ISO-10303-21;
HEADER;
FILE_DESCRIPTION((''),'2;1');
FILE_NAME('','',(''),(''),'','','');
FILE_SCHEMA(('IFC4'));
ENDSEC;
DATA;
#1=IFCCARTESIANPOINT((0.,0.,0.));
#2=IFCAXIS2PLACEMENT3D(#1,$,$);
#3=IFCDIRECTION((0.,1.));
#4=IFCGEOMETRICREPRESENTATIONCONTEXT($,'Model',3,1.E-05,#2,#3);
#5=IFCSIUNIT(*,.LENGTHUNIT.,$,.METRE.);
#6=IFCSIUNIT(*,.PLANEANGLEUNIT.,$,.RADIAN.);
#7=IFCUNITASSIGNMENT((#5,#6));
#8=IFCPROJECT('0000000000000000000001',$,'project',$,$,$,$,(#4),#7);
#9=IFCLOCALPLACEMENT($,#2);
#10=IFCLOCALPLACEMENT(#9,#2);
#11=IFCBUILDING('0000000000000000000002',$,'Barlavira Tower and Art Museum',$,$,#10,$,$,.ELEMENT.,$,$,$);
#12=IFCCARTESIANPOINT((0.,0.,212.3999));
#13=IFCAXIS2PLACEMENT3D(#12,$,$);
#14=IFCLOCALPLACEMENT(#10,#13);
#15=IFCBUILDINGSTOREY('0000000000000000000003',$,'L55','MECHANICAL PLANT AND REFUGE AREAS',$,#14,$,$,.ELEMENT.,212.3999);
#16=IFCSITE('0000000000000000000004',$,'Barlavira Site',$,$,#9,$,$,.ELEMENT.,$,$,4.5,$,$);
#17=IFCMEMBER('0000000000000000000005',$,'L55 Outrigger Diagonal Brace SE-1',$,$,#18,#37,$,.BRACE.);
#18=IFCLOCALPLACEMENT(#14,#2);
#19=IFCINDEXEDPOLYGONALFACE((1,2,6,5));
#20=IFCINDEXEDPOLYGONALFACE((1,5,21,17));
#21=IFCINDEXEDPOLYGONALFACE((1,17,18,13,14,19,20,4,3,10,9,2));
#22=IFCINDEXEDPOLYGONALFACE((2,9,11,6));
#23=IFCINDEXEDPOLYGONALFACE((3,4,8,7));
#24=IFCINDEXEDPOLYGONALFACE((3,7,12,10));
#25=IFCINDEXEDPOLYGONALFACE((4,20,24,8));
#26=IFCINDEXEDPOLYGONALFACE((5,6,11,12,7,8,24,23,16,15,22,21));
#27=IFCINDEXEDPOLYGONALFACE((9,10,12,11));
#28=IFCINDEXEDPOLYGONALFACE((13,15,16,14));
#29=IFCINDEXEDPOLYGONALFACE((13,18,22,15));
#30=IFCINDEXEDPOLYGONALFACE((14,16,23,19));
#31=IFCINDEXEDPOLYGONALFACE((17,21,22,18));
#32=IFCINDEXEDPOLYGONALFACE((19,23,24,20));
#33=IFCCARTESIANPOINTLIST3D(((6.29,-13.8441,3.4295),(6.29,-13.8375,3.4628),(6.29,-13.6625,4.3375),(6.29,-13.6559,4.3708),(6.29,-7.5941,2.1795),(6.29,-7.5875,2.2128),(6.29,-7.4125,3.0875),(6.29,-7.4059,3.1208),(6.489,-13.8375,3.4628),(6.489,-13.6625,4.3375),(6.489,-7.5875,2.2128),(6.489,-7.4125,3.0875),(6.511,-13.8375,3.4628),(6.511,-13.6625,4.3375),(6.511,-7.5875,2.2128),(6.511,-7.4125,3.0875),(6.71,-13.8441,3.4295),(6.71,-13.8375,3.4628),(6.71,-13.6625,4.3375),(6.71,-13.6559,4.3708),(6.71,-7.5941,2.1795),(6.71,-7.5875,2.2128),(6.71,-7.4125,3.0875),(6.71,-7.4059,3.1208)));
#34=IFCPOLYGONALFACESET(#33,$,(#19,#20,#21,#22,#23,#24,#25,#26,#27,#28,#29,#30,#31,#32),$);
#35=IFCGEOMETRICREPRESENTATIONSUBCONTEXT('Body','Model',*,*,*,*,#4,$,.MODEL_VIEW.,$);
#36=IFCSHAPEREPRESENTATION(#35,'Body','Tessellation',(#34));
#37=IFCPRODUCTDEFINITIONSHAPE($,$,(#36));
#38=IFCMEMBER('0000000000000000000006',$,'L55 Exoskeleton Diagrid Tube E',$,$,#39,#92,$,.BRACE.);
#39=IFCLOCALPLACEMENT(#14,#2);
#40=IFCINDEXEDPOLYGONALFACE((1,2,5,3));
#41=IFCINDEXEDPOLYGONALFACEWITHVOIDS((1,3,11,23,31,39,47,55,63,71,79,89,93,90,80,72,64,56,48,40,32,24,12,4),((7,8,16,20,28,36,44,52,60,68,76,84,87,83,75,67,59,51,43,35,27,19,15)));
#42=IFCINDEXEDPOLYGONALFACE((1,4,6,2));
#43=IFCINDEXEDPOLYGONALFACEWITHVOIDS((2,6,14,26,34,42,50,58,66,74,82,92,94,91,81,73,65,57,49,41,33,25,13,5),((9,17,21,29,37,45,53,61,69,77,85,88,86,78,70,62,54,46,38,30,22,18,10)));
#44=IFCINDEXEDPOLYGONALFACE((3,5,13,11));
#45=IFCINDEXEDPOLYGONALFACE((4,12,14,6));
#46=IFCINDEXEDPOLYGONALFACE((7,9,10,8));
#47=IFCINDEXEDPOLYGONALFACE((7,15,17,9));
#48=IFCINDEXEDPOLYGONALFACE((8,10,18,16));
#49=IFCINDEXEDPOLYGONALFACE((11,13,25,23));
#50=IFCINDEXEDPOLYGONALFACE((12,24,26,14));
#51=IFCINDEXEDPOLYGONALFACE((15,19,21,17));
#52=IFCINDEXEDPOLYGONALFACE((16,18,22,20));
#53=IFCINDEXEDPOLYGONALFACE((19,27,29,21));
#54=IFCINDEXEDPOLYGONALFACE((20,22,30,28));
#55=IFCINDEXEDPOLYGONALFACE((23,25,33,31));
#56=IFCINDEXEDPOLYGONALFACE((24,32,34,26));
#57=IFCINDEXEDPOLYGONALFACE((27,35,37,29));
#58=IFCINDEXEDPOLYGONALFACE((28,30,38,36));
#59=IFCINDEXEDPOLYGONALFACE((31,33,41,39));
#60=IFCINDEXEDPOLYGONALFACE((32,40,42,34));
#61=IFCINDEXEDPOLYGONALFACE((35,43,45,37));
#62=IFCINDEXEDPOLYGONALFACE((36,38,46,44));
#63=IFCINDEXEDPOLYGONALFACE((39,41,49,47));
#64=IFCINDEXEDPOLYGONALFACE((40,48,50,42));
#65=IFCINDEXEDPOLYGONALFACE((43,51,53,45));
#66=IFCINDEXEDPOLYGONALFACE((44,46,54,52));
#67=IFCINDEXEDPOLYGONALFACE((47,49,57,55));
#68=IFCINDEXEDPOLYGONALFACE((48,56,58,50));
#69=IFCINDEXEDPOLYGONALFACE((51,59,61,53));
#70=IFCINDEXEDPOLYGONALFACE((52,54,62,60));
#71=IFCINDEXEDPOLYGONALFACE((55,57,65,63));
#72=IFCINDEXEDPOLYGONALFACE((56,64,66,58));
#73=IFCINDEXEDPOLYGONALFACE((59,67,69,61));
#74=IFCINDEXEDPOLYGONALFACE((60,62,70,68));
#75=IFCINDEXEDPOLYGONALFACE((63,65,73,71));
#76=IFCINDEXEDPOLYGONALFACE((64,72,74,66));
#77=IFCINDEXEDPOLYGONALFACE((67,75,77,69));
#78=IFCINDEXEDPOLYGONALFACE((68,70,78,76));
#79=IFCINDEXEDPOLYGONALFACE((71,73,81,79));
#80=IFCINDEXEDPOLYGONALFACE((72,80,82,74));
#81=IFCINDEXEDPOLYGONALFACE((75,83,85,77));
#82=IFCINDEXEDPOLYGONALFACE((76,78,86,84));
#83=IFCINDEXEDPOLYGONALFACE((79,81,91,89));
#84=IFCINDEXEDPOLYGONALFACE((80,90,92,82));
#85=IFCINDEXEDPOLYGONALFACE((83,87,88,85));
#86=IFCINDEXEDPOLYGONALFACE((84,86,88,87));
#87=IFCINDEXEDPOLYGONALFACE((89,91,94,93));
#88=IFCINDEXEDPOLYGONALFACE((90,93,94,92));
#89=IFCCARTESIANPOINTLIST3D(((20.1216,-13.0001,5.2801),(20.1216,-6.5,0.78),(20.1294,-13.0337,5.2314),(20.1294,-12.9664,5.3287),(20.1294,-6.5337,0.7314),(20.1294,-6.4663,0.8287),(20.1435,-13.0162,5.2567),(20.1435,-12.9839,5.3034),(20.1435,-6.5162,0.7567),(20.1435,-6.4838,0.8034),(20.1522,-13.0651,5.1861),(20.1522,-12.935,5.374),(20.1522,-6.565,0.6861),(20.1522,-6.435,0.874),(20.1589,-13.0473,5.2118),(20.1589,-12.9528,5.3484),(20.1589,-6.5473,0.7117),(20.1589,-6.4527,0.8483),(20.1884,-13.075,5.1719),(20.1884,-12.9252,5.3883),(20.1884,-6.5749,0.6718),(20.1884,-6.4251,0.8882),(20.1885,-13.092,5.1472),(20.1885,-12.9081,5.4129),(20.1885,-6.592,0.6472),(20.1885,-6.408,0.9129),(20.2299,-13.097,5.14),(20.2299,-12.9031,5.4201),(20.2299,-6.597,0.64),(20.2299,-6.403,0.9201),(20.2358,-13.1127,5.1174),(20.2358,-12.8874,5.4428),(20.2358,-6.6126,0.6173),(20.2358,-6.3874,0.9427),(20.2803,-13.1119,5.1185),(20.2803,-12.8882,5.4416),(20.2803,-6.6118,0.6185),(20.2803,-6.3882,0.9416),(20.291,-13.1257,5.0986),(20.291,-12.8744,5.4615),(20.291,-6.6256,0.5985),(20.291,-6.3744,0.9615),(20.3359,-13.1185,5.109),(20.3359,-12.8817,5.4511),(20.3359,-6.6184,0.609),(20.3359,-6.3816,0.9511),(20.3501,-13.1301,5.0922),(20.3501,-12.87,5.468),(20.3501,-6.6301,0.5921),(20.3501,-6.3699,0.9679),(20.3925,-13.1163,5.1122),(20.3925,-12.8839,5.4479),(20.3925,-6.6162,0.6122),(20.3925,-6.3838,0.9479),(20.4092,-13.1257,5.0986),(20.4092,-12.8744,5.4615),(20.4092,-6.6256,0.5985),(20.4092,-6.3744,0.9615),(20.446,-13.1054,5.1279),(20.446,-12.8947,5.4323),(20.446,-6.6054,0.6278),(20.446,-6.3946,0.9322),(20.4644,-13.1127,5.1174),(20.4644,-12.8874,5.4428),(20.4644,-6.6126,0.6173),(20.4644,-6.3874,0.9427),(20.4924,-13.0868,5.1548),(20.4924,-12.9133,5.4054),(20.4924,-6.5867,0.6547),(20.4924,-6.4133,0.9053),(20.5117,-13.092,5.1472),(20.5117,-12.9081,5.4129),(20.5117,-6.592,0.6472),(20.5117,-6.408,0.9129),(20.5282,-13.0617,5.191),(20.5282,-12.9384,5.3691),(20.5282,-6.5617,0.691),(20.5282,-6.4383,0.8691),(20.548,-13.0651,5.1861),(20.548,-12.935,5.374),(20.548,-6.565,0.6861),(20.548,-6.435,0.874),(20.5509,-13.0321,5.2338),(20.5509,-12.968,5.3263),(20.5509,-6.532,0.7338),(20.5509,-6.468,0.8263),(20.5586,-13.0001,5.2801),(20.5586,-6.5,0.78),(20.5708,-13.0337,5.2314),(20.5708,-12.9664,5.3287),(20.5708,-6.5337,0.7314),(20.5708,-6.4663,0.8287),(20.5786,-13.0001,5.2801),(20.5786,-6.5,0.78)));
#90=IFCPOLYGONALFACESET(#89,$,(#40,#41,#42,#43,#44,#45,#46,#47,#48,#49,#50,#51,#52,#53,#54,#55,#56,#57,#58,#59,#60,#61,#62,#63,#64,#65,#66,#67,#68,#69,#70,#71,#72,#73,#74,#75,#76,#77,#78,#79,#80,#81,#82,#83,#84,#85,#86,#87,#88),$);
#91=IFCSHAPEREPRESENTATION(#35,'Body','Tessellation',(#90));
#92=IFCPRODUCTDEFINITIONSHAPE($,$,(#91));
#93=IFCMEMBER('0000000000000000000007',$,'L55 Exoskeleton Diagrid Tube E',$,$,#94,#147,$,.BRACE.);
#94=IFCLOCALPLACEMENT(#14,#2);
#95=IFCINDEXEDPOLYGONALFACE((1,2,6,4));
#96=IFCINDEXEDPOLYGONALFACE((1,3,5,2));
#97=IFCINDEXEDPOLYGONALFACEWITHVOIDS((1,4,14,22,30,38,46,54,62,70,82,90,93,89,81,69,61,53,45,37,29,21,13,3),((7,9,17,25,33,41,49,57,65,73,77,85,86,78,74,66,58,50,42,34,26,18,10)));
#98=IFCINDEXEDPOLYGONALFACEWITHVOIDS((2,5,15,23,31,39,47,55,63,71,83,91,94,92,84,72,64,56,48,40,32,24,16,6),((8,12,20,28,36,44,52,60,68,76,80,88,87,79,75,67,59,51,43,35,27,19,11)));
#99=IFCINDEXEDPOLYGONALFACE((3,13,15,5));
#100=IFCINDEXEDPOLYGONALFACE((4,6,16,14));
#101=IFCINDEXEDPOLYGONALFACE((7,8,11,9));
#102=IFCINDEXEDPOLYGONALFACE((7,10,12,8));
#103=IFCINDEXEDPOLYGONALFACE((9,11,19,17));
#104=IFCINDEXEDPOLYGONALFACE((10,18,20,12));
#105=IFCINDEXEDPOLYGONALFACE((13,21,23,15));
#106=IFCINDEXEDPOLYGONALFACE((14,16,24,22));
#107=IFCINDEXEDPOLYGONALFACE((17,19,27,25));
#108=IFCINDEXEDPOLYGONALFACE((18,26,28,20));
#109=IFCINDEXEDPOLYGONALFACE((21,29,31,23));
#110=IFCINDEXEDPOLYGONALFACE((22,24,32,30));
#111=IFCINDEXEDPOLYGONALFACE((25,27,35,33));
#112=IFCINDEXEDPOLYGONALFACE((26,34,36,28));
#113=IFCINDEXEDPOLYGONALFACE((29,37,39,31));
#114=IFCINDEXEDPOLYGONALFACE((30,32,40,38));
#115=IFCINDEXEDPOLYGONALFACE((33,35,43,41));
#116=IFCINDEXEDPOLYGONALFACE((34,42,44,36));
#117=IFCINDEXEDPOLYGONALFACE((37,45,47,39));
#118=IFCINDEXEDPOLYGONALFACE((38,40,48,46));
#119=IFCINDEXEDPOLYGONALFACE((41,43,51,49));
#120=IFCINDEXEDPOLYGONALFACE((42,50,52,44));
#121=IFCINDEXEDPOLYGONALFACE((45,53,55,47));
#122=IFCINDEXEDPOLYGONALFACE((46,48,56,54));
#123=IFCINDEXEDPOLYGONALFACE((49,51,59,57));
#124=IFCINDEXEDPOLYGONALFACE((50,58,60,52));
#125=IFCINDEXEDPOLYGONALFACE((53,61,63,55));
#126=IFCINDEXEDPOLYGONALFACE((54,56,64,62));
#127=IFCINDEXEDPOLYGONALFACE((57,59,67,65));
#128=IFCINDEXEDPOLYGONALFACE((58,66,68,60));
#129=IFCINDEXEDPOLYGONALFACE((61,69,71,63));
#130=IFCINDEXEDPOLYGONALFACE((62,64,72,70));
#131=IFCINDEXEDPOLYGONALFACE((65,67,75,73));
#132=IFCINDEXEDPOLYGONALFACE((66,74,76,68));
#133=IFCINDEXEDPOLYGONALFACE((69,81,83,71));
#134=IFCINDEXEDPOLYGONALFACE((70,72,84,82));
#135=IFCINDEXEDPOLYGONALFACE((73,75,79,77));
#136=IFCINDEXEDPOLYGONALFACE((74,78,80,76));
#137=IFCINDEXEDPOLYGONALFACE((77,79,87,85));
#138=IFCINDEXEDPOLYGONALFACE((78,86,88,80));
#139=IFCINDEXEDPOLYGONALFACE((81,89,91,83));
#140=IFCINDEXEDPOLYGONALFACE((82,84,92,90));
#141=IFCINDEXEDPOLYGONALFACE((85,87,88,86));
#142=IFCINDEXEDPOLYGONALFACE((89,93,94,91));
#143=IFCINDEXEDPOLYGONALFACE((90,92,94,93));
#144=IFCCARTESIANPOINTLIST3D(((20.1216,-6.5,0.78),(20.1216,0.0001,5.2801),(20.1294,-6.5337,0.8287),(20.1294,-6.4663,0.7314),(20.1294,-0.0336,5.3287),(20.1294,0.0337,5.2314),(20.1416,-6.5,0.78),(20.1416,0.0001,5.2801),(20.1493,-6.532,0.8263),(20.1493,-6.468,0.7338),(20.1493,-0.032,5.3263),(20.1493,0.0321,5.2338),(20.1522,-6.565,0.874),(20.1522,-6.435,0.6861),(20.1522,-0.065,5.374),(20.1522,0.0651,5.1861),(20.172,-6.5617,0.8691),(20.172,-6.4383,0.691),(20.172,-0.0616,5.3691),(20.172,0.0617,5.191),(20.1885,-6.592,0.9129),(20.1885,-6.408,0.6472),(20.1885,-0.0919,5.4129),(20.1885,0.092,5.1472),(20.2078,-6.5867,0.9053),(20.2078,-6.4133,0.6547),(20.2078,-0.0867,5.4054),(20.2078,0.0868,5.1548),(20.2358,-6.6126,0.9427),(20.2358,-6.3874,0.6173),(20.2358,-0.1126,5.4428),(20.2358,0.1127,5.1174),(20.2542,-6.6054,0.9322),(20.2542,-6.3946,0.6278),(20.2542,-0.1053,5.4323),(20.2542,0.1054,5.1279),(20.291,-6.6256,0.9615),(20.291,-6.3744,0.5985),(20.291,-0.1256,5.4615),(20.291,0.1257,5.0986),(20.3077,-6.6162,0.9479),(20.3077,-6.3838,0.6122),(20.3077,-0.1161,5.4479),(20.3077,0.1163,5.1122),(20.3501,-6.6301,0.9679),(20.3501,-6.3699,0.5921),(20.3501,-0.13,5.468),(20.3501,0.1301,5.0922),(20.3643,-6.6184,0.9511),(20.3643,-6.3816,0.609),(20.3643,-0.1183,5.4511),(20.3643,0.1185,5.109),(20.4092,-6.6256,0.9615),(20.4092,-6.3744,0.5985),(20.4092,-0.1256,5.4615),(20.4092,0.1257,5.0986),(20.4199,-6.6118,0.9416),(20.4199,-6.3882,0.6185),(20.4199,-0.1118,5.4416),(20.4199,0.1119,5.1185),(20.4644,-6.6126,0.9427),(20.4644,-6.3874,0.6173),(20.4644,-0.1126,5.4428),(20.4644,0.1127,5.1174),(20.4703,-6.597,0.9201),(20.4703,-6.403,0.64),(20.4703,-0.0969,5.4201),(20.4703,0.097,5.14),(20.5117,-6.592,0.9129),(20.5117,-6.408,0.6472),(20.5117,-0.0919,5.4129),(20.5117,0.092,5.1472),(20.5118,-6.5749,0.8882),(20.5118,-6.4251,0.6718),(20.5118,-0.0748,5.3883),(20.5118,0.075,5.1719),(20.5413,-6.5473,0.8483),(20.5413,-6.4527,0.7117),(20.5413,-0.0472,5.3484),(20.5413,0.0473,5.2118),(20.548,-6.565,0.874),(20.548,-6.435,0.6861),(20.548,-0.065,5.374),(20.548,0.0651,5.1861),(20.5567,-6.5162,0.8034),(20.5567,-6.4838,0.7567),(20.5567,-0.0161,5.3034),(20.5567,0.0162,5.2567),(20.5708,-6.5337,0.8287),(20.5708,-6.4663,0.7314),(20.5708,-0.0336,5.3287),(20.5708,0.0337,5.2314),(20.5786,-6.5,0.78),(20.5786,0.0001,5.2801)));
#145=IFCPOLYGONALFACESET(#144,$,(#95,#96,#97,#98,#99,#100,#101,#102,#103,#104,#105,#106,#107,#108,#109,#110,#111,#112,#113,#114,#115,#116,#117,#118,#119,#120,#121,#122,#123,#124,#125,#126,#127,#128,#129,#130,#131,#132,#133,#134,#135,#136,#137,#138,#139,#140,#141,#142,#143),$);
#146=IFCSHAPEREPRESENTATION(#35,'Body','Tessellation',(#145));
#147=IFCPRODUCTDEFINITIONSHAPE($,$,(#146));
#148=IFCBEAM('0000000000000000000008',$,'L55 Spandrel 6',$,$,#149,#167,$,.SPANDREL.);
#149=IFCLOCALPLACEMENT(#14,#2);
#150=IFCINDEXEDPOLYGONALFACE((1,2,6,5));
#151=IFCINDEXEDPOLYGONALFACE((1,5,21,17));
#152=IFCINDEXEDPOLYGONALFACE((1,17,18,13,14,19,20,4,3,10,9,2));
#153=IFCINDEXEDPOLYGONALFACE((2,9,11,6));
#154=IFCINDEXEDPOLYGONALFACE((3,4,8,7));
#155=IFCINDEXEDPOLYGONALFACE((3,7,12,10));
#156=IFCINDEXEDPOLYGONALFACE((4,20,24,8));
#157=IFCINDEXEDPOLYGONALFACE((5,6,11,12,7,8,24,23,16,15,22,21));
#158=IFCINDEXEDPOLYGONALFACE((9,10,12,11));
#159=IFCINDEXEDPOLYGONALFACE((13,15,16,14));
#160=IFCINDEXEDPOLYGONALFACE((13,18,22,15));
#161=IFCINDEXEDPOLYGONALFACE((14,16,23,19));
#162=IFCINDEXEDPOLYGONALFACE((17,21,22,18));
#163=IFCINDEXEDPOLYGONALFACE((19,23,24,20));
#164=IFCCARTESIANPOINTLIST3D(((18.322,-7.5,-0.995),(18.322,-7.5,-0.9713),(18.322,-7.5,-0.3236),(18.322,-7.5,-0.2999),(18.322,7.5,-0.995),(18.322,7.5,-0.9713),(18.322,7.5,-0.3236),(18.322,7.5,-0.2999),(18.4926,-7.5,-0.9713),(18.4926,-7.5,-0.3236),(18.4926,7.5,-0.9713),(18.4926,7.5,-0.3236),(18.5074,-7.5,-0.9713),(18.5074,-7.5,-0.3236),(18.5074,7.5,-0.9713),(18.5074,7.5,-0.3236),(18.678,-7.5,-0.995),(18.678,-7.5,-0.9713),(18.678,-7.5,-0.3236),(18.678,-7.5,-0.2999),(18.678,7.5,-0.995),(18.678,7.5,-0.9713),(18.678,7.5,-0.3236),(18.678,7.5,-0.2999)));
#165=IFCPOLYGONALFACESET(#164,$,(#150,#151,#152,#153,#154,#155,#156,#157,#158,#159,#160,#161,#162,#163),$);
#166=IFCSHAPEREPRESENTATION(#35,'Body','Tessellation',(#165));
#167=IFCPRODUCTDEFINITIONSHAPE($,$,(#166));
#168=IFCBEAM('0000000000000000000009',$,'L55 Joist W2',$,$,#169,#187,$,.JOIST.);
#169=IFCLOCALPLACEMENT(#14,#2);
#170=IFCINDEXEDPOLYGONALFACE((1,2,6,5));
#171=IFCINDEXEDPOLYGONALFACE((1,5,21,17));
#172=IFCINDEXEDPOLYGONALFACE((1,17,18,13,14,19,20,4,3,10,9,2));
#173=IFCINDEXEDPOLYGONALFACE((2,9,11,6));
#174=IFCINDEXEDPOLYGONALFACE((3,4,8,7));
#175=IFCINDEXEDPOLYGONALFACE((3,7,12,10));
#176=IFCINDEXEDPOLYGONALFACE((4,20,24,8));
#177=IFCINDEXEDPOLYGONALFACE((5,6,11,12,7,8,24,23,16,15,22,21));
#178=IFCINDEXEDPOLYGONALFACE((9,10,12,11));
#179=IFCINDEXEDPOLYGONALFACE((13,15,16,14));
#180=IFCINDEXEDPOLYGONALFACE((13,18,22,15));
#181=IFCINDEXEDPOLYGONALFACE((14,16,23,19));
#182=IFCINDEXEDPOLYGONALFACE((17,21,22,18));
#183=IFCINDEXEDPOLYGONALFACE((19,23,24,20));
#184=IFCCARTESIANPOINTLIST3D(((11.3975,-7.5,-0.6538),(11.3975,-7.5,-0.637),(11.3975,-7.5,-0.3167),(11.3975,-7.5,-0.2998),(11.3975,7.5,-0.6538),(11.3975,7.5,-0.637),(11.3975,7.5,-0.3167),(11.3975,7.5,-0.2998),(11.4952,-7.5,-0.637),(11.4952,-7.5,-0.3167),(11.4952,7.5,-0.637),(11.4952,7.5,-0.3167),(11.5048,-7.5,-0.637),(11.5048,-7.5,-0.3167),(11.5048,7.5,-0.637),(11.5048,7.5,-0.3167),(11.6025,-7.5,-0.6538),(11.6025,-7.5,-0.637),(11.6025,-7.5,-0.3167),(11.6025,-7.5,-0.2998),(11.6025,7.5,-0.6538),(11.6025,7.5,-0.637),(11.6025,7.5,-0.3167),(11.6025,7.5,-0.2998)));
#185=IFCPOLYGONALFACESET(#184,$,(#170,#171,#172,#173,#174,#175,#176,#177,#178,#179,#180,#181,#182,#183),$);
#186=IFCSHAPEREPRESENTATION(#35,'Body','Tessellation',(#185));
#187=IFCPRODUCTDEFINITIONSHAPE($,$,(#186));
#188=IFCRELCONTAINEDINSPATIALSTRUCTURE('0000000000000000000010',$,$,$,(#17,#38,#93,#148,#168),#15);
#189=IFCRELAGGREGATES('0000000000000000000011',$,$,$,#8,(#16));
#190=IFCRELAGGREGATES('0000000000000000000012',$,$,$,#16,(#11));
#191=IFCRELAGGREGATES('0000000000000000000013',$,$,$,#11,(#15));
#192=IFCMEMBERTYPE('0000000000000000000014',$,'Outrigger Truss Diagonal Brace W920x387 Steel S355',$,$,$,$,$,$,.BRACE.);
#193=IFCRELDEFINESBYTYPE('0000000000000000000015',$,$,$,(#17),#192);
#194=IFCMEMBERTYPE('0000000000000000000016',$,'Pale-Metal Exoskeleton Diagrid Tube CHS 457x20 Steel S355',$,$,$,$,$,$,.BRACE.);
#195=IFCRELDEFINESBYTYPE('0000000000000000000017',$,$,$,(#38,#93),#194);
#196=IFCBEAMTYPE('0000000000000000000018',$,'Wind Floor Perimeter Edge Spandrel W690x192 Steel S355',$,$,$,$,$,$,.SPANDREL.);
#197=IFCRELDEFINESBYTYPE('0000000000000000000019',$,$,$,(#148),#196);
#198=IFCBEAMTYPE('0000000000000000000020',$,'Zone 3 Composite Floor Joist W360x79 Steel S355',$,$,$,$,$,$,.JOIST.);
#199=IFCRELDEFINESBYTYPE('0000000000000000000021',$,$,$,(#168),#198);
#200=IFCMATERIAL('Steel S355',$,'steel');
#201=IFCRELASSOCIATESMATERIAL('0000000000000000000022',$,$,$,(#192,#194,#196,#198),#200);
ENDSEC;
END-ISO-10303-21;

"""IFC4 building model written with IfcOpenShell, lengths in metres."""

from ifc_helpers import new_model, si_unit, direction, frame, origin, origin_2d, place, context, subcontext, project, spatial, hollow_circle, i_section, extrude, material, material_profile, profile_set, type_object, element, save


model = new_model("IFC4")

# Units and contexts
model_context = context("Model", 3, precision=1e-05, world=origin(), true_north=direction((0.0, 1.0)))
body_context = subcontext(model_context, "Body", "Model", "MODEL_VIEW")
ifc_project = project(units=[si_unit("LENGTHUNIT", "METRE"), si_unit("PLANEANGLEUNIT", "RADIAN")], contexts=[model_context])

# Site, building, storey
site_placement = place(None, origin())
site = spatial("IfcSite", under=ifc_project, at=site_placement, Name="Barlavira Site", CompositionType="ELEMENT", RefElevation=4.5)
building_placement = place(site_placement, origin())
building = spatial("IfcBuilding", under=site, at=building_placement, Name="Barlavira Tower and Art Museum", CompositionType="ELEMENT")
storey_placement = place(building_placement, frame((0.0, 0.0, 212.3999)))
storey = spatial("IfcBuildingStorey", under=building, at=storey_placement, Name="L55", Description="MECHANICAL PLANT AND REFUGE AREAS", CompositionType="ELEMENT", Elevation=212.3999)

# Shared definitions
ifc_material_1 = material(Name="Steel S355", Category="steel")

# Members
ifc_material_profile_1 = material_profile(ifc_material_1, i_section(OverallWidth=0.4199, OverallDepth=0.96, WebThickness=0.022, FlangeThickness=0.0339, at=origin_2d()), Name="W920x387.0")
ifc_profile_set_1 = profile_set([ifc_material_profile_1], Name="Steel S355")
member_type_1 = type_object("IfcMemberType", Name="Outrigger Truss Diagonal Brace W920x387 Steel S355", PredefinedType="BRACE", material=ifc_profile_set_1)
member_1_placement = place(storey_placement, frame((6.5, -7.5, 2.6501), z_axis=(0.0, -0.980581, 0.196116), x_axis=(1.0, 0.0, 0.0)))
element("IfcMember", 1, at=member_1_placement, inside=storey, type_object=member_type_1, Name="L55 Outrigger Diagonal Brace SE-1", PredefinedType="BRACE", context=body_context, shape_type="SweptSolid", body=[
    extrude(i_section(OverallWidth=0.4199, OverallDepth=0.96, WebThickness=0.022, FlangeThickness=0.0339, at=origin_2d()), origin(), (0.0, 0.0, 1.0), 6.3738),
])
ifc_material_profile_2 = material_profile(ifc_material_1, hollow_circle(Radius=0.2285, WallThickness=0.02, at=origin_2d()), Name="CHS 457.0x20.0")
ifc_profile_set_2 = profile_set([ifc_material_profile_2], Name="Steel S355")
member_type_2 = type_object("IfcMemberType", Name="Pale-Metal Exoskeleton Diagrid Tube CHS 457x20 Steel S355", PredefinedType="BRACE", material=ifc_profile_set_2)
for number, where, z_axis, x_axis, name in (
    (2, (20.3501, -6.5, 0.78), (0.0, -0.822192, 0.56921), (1.0, 0.0, 0.0), "L55 Exoskeleton Diagrid Tube E"),
    (3, (20.3501, -6.5, 0.78), (0.0, 0.822192, 0.56921), (-1.0, 0.0, 0.0), "L55 Exoskeleton Diagrid Tube E"),
):
    element("IfcMember", number, at=place(storey_placement, frame(where, z_axis=z_axis, x_axis=x_axis)), inside=storey, type_object=member_type_2, Name=name, PredefinedType="BRACE", context=body_context, shape_type="SweptSolid", body=[
        extrude(hollow_circle(Radius=0.2285, WallThickness=0.02, at=origin_2d()), origin(), (0.0, 0.0, 1.0), 7.9058),
    ])

# Beams
ifc_material_profile_3 = material_profile(ifc_material_1, i_section(OverallWidth=0.356, OverallDepth=0.6951, WebThickness=0.0149, FlangeThickness=0.0237, at=origin_2d()), Name="W690x192.0")
ifc_profile_set_3 = profile_set([ifc_material_profile_3], Name="Steel S355")
beam_type_1 = type_object("IfcBeamType", Name="Wind Floor Perimeter Edge Spandrel W690x192 Steel S355", PredefinedType="SPANDREL", material=ifc_profile_set_3)
beam_1_placement = place(storey_placement, frame((18.5, -7.5, -0.6475), z_axis=(0.0, 1.0, 0.0), x_axis=(-1.0, 0.0, 0.0)))
element("IfcBeam", 4, at=beam_1_placement, inside=storey, type_object=beam_type_1, Name="L55 Spandrel 6", PredefinedType="SPANDREL", context=body_context, shape_type="SweptSolid", body=[
    extrude(i_section(OverallWidth=0.356, OverallDepth=0.6951, WebThickness=0.0149, FlangeThickness=0.0237, at=origin_2d()), origin(), (0.0, 0.0, 1.0), 15.0),
])
ifc_material_profile_4 = material_profile(ifc_material_1, i_section(OverallWidth=0.2051, OverallDepth=0.354, WebThickness=0.0095, FlangeThickness=0.0168, at=origin_2d()), Name="W360x79.0")
ifc_profile_set_4 = profile_set([ifc_material_profile_4], Name="Steel S355")
beam_type_2 = type_object("IfcBeamType", Name="Zone 3 Composite Floor Joist W360x79 Steel S355", PredefinedType="JOIST", material=ifc_profile_set_4)
beam_2_placement = place(storey_placement, frame((11.5, -7.5, -0.4768), z_axis=(0.0, 1.0, 0.0), x_axis=(-1.0, 0.0, 0.0)))
element("IfcBeam", 5, at=beam_2_placement, inside=storey, type_object=beam_type_2, Name="L55 Joist W2", PredefinedType="JOIST", context=body_context, shape_type="SweptSolid", body=[
    extrude(i_section(OverallWidth=0.2051, OverallDepth=0.354, WebThickness=0.0095, FlangeThickness=0.0168, at=origin_2d()), origin(), (0.0, 0.0, 1.0), 15.0),
])

save(model, "model.ifc")
